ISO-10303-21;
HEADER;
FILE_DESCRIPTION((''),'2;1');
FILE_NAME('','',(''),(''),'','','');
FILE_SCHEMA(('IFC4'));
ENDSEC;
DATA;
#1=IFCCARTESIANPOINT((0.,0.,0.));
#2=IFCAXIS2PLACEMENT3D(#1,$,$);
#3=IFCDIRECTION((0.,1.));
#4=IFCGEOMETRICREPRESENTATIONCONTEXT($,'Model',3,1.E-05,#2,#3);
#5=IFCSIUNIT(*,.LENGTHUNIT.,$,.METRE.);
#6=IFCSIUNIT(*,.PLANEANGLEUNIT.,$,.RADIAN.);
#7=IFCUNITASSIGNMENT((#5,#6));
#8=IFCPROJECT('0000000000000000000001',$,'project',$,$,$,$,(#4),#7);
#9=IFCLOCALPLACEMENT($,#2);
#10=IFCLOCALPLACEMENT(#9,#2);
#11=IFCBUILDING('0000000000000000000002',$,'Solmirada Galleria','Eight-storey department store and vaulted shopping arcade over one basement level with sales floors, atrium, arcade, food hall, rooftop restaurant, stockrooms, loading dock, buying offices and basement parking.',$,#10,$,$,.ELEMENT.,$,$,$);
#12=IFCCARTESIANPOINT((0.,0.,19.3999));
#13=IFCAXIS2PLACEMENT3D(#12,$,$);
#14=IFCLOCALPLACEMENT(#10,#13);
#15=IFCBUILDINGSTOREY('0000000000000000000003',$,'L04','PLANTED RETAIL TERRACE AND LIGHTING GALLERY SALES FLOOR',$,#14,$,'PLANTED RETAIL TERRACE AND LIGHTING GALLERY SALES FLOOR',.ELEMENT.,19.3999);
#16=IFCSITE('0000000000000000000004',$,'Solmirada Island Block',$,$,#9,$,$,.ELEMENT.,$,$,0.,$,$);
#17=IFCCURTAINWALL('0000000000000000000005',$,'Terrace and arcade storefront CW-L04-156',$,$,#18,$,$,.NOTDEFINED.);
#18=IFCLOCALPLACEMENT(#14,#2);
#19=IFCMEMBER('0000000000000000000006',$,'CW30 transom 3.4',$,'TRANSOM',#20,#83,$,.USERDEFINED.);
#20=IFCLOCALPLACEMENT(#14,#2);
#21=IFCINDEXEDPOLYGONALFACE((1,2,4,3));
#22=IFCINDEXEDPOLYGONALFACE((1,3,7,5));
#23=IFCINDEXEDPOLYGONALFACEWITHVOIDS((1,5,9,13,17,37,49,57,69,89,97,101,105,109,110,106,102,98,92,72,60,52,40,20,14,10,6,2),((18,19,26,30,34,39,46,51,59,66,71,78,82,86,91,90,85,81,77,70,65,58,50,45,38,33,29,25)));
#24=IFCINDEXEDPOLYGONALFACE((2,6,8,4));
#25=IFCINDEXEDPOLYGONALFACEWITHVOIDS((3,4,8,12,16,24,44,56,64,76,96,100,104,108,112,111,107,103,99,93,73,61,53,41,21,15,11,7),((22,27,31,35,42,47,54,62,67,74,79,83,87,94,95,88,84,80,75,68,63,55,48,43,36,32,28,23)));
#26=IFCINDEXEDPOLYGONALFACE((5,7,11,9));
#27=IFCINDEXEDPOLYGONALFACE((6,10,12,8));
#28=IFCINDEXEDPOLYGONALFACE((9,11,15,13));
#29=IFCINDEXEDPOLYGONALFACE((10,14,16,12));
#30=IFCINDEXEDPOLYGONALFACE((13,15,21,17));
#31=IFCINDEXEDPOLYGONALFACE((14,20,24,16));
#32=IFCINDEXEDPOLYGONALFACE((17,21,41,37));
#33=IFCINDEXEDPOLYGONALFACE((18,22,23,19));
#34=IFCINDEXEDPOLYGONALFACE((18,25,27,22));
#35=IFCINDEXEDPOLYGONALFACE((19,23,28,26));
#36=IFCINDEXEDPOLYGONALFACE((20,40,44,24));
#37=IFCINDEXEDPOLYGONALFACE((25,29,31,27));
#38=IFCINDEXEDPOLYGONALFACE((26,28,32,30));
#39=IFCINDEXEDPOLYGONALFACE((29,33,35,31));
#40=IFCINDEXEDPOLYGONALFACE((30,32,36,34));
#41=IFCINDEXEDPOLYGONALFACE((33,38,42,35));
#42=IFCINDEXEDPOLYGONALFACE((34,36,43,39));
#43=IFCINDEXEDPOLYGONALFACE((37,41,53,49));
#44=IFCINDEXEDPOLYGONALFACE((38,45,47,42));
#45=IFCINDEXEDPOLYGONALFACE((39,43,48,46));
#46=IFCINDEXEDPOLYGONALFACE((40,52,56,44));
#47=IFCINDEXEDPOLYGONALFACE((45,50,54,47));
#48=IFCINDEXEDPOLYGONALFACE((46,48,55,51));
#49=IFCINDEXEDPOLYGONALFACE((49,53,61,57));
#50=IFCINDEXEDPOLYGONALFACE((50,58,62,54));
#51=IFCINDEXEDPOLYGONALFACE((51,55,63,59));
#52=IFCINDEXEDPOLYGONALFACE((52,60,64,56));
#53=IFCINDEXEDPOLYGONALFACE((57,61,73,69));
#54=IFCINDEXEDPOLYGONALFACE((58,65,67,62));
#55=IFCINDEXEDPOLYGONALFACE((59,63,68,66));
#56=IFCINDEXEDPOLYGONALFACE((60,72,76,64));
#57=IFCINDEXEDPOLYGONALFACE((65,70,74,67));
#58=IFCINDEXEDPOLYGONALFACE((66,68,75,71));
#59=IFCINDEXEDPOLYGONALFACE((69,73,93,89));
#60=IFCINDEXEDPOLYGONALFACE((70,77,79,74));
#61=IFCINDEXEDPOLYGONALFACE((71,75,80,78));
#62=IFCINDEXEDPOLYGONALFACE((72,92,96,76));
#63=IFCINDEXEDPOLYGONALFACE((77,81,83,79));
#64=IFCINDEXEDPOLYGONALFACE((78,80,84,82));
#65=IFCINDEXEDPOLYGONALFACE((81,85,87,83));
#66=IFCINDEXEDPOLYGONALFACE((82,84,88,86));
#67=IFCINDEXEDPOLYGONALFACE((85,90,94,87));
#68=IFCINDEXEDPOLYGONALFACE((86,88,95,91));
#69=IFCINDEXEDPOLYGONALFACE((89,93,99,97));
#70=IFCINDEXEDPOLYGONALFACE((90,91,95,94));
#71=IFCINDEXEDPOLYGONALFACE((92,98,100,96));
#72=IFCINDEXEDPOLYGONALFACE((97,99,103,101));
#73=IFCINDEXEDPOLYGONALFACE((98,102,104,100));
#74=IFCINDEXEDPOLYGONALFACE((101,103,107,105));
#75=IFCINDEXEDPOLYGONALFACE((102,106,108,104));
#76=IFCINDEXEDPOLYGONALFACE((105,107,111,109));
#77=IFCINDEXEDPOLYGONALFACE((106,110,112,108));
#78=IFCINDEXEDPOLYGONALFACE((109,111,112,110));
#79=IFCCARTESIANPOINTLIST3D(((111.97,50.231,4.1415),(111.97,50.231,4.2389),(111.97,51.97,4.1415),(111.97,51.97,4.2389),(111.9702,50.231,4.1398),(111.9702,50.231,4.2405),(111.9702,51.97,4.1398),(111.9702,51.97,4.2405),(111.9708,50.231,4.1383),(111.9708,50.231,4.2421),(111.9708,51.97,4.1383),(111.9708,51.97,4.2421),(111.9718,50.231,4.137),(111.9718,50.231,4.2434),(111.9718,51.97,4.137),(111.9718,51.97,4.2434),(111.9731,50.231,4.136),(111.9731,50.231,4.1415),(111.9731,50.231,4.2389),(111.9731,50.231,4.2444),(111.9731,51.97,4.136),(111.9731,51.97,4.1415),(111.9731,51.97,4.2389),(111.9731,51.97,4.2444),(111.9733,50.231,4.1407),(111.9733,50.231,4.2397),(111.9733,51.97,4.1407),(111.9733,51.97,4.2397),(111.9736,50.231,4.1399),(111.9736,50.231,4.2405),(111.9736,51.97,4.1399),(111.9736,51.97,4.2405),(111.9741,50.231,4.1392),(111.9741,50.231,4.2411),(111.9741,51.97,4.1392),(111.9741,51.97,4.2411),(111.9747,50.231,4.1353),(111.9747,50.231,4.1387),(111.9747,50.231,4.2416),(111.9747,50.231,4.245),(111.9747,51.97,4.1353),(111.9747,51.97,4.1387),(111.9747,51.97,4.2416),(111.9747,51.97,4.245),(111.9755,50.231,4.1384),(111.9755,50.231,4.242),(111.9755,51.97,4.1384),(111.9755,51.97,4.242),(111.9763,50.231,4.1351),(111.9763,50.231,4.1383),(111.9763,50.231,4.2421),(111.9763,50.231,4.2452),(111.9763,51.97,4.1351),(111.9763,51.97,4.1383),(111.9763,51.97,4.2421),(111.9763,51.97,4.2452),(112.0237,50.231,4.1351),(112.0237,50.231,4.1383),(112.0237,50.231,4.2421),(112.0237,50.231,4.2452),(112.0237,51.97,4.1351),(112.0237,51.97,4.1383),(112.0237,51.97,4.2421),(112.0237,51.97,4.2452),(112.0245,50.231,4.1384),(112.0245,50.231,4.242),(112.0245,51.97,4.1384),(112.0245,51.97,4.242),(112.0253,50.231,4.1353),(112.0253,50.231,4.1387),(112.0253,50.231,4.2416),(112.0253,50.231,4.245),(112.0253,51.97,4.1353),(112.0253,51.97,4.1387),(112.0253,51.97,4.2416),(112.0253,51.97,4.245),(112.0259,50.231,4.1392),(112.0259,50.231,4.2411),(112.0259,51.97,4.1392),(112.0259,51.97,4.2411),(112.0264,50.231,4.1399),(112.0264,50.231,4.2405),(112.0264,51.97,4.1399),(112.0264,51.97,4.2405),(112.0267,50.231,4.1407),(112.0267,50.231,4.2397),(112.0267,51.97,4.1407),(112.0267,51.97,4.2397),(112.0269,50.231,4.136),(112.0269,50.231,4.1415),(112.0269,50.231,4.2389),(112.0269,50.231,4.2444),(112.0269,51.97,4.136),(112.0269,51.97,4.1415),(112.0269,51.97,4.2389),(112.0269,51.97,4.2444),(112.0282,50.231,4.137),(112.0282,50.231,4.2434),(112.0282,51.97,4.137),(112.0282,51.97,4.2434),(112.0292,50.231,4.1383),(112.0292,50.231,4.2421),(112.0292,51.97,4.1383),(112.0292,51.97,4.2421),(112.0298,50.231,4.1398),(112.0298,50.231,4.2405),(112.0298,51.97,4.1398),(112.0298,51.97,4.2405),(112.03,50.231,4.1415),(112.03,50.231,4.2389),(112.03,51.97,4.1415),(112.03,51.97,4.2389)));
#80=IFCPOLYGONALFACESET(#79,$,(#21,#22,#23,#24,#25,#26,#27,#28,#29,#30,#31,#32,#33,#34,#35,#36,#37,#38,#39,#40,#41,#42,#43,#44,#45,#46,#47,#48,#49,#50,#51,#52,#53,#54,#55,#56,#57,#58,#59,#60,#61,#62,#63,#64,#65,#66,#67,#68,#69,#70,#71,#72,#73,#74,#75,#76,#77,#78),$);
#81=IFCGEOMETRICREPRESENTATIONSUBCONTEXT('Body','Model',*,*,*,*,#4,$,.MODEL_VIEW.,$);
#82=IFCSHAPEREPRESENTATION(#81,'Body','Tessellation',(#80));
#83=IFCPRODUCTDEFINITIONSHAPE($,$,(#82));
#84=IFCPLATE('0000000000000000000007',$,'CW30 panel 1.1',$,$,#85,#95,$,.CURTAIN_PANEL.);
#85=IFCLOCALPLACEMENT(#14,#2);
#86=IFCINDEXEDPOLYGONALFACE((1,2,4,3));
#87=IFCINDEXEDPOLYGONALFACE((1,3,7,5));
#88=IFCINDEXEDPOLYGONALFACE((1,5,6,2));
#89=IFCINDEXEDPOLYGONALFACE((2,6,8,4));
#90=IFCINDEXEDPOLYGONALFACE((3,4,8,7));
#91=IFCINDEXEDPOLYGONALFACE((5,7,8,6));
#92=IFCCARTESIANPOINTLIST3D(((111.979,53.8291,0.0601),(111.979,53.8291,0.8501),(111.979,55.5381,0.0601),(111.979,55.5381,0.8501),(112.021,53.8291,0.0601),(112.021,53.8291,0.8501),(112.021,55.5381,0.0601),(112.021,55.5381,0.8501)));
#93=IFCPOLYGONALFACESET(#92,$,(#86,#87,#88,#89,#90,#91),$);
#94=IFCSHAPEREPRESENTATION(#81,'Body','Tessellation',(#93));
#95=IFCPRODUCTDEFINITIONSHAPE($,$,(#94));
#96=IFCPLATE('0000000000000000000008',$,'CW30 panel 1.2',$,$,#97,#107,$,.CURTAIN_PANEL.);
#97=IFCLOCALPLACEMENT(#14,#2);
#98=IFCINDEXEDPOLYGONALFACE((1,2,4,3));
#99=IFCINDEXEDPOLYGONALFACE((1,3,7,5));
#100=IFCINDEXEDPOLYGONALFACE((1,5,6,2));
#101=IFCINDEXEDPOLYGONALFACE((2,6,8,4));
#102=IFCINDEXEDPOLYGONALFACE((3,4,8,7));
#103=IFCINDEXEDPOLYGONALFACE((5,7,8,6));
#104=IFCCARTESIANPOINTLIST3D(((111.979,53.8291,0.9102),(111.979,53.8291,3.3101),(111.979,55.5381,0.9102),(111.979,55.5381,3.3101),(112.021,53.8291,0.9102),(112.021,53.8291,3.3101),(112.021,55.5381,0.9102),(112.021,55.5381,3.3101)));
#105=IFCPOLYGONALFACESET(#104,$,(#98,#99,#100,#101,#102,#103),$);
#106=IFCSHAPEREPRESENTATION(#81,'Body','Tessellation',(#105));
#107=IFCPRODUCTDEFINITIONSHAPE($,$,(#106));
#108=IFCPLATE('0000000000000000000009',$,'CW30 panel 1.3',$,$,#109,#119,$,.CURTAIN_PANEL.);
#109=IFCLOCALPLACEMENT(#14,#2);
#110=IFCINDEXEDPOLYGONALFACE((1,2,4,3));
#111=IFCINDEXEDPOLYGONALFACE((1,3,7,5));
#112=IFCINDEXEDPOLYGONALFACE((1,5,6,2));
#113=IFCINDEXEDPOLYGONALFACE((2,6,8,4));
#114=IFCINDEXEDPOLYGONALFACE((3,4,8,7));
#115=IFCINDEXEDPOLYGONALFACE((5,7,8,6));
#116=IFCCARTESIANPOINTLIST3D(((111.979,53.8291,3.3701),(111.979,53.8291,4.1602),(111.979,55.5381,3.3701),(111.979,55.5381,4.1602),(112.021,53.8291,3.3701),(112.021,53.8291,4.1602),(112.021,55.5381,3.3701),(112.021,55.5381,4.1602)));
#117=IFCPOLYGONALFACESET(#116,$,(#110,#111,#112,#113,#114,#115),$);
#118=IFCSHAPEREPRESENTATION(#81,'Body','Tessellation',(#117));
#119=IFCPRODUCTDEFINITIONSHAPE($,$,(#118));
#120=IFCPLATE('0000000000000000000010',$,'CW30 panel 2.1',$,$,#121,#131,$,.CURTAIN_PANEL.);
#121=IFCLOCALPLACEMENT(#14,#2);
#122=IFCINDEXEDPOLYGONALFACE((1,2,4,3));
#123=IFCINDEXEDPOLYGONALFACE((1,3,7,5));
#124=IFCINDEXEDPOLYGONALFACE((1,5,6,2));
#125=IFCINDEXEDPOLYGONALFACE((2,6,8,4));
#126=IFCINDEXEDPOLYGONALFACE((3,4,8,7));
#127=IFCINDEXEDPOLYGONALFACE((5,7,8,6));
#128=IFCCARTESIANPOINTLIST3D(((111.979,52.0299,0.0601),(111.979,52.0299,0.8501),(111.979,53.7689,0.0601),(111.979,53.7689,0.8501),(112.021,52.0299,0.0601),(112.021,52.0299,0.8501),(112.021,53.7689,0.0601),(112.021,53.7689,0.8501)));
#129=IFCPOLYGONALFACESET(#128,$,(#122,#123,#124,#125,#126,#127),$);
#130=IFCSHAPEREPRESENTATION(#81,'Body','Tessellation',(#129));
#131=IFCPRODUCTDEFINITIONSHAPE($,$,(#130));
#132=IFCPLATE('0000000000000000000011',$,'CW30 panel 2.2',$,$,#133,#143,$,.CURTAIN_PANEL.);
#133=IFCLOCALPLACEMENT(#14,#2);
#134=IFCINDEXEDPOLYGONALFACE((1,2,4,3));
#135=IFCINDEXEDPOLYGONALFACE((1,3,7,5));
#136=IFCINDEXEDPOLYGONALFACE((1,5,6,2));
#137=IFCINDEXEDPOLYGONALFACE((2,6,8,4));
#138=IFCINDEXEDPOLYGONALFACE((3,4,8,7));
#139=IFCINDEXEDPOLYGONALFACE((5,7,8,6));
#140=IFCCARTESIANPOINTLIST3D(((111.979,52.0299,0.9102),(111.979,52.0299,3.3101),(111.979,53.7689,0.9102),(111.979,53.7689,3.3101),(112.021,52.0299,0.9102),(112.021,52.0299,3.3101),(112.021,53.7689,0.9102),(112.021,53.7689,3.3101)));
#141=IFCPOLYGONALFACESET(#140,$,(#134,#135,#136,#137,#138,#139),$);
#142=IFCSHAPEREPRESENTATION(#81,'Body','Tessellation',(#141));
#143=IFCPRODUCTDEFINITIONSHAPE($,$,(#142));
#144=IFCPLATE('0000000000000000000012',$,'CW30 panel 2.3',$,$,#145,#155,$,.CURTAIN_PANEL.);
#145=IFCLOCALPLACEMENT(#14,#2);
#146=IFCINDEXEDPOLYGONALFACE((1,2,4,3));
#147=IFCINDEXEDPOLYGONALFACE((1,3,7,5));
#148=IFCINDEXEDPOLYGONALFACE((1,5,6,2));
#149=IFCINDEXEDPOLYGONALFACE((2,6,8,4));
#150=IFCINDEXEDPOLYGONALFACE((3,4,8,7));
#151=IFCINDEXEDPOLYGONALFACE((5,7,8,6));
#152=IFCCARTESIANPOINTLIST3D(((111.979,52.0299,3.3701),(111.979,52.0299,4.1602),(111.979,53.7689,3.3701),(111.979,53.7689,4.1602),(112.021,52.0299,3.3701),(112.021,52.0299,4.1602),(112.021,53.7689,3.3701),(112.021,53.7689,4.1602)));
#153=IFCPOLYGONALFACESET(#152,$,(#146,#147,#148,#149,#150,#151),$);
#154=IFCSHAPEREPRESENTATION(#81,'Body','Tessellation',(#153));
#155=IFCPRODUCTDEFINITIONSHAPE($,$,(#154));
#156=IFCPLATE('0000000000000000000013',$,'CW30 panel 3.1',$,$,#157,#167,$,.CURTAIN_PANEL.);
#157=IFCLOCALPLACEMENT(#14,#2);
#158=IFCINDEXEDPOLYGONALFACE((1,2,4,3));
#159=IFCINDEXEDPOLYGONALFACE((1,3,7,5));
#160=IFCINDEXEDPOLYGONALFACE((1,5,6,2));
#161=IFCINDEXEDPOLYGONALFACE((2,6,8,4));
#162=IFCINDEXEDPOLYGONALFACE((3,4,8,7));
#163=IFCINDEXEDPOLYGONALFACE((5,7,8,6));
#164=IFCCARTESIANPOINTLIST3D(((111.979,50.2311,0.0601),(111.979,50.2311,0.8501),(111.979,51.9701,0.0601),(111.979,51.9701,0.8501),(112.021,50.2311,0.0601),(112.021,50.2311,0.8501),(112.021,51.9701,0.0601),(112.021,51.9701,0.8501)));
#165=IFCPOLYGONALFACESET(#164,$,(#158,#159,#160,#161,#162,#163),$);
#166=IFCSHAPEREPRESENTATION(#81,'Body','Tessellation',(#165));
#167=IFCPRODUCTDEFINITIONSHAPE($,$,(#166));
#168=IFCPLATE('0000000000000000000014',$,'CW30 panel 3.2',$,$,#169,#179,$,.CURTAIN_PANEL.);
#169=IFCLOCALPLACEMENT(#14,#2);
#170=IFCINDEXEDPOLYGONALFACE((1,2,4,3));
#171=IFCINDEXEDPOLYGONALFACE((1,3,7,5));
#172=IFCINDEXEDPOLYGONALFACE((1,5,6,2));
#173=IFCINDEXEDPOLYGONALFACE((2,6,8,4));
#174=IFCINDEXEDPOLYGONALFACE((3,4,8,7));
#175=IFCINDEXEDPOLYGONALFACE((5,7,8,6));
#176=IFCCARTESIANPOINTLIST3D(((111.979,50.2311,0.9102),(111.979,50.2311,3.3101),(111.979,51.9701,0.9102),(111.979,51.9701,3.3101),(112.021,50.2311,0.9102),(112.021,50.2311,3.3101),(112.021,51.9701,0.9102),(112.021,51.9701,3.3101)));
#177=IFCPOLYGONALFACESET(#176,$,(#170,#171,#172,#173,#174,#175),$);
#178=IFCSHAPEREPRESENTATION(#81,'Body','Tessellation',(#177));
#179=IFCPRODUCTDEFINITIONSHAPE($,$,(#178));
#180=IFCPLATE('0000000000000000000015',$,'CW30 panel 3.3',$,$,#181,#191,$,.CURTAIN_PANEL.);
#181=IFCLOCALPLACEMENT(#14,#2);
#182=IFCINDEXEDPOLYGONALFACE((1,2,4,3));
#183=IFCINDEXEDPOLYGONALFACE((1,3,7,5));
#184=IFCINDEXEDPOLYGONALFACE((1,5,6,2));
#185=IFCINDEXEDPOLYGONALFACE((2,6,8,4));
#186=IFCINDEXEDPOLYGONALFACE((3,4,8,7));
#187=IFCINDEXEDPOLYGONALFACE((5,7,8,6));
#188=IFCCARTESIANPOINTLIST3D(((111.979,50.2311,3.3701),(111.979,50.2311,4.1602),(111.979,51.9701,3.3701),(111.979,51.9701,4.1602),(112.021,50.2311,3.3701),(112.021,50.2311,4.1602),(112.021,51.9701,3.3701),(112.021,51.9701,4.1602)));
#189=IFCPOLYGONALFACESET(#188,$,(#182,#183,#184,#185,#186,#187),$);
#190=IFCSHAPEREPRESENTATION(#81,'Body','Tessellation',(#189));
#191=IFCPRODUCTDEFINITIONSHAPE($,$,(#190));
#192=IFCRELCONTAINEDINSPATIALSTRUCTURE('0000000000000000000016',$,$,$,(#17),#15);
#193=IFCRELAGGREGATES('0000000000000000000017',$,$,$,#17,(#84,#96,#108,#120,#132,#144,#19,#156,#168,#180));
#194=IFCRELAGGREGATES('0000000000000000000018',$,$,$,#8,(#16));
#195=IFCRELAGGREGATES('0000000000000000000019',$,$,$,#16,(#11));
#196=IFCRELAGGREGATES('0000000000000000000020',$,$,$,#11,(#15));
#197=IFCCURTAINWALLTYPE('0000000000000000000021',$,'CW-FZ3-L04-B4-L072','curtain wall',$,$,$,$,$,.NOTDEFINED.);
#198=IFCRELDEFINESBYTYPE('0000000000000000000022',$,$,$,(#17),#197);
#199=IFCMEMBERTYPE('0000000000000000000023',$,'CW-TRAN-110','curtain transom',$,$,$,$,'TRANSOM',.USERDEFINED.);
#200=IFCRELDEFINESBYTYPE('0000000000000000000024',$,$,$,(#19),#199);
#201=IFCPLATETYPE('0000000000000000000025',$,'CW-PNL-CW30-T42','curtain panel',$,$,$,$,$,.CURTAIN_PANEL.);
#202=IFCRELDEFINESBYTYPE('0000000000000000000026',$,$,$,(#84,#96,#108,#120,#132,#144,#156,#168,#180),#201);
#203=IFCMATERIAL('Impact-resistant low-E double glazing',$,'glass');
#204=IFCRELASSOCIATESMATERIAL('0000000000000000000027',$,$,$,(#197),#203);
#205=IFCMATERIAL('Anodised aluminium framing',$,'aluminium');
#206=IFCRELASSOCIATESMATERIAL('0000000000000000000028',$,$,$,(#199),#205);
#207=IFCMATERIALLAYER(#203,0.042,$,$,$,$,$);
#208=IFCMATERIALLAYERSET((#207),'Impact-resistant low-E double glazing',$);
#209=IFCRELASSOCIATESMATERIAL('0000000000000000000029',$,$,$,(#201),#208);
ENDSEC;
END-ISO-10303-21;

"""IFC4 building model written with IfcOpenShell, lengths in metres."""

from ifc_helpers import new_model, si_unit, direction, frame, origin, origin_2d, place, context, subcontext, project, spatial, rectangle, hollow_rectangle, extrude, material, layer, layer_set, material_profile, profile_set, type_object, element, aggregate, save


model = new_model("IFC4")

# Units and contexts
model_context = context("Model", 3, precision=1e-05, world=origin(), true_north=direction((0.0, 1.0)))
body_context = subcontext(model_context, "Body", "Model", "MODEL_VIEW")
ifc_project = project(units=[si_unit("LENGTHUNIT", "METRE"), si_unit("PLANEANGLEUNIT", "RADIAN")], contexts=[model_context])

# Site, building, storey
site_placement = place(None, origin())
site = spatial("IfcSite", under=ifc_project, at=site_placement, Name="Solmirada Island Block", CompositionType="ELEMENT", RefElevation=0.0)
building_placement = place(site_placement, origin())
building = spatial("IfcBuilding", under=site, at=building_placement, Name="Solmirada Galleria", Description="Eight-storey department store and vaulted shopping arcade over one basement level with sales floors, atrium, arcade, food hall, rooftop restaurant, stockrooms, loading dock, buying offices and basement parking.", CompositionType="ELEMENT")
storey_placement = place(building_placement, frame((0.0, 0.0, 19.3999)))
storey = spatial("IfcBuildingStorey", under=building, at=storey_placement, Name="L04", Description="PLANTED RETAIL TERRACE AND LIGHTING GALLERY SALES FLOOR", LongName="PLANTED RETAIL TERRACE AND LIGHTING GALLERY SALES FLOOR", CompositionType="ELEMENT", Elevation=19.3999)

# Curtain wall, member, plates
ifc_material_1 = material(Name="Impact-resistant low-E double glazing", Category="glass")
curtain_wall_type = type_object("IfcCurtainWallType", Name="CW-FZ3-L04-B4-L072", Description="curtain wall", PredefinedType="NOTDEFINED", material=ifc_material_1)
curtain_wall_placement = place(storey_placement, origin())
curtain_wall = element("IfcCurtainWall", 1, at=curtain_wall_placement, inside=storey, type_object=curtain_wall_type, Name="Terrace and arcade storefront CW-L04-156", PredefinedType="NOTDEFINED")
ifc_material_2 = material(Name="Anodised aluminium framing", Category="aluminium")
ifc_material_profile_1 = material_profile(ifc_material_2, hollow_rectangle(XDim=0.0601, YDim=0.1101, WallThickness=0.0032, InnerFilletRadius=0.0032, OuterFilletRadius=0.0063, at=origin_2d()), Name="ALU-TRAN-110X60")
ifc_profile_set_1 = profile_set([ifc_material_profile_1], Name="Anodised aluminium framing")
member_type_1 = type_object("IfcMemberType", Name="CW-TRAN-110", Description="curtain transom", ElementType="TRANSOM", PredefinedType="USERDEFINED", material=ifc_profile_set_1)
member_1_placement = place(storey_placement, frame((112.0, 51.97, 4.1902), z_axis=(0.0, -1.0, 0.0), x_axis=(1.0, 0.0, 0.0)))
member_1 = element("IfcMember", 2, at=member_1_placement, type_object=member_type_1, Name="CW30 transom 3.4", ObjectType="TRANSOM", PredefinedType="USERDEFINED", context=body_context, shape_type="SweptSolid", body=[
    extrude(hollow_rectangle(XDim=0.0601, YDim=0.1101, WallThickness=0.0032, InnerFilletRadius=0.0032, OuterFilletRadius=0.0063, at=origin_2d()), origin(), (0.0, 0.0, 1.0), 1.739),
])
ifc_layer = layer(ifc_material_1, 0.042)
ifc_layer_set = layer_set([ifc_layer], Name="Impact-resistant low-E double glazing")
plate_type = type_object("IfcPlateType", Name="CW-PNL-CW30-T42", Description="curtain panel", PredefinedType="CURTAIN_PANEL", material=ifc_layer_set)
plate_1_placement = place(storey_placement, frame((112.0, 54.6836, 0.0601), z_axis=(0.0, 0.0, 1.0), x_axis=(0.0, -1.0, 0.0)))
plate_1 = element("IfcPlate", 3, at=plate_1_placement, type_object=plate_type, Name="CW30 panel 1.1", PredefinedType="CURTAIN_PANEL", context=body_context, shape_type="SweptSolid", body=[
    extrude(rectangle(XDim=1.709, YDim=0.042, at=origin_2d()), origin(), (0.0, 0.0, 1.0), 0.79),
])
plate_2_placement = place(storey_placement, frame((112.0, 54.6836, 0.9102), z_axis=(0.0, 0.0, 1.0), x_axis=(0.0, -1.0, 0.0)))
plate_2 = element("IfcPlate", 4, at=plate_2_placement, type_object=plate_type, Name="CW30 panel 1.2", PredefinedType="CURTAIN_PANEL", context=body_context, shape_type="SweptSolid", body=[
    extrude(rectangle(XDim=1.709, YDim=0.042, at=origin_2d()), origin(), (0.0, 0.0, 1.0), 2.3999),
])
plate_3_placement = place(storey_placement, frame((112.0, 54.6836, 3.3701), z_axis=(0.0, 0.0, 1.0), x_axis=(0.0, -1.0, 0.0)))
plate_3 = element("IfcPlate", 5, at=plate_3_placement, type_object=plate_type, Name="CW30 panel 1.3", PredefinedType="CURTAIN_PANEL", context=body_context, shape_type="SweptSolid", body=[
    extrude(rectangle(XDim=1.709, YDim=0.042, at=origin_2d()), origin(), (0.0, 0.0, 1.0), 0.79),
])
plate_4_placement = place(storey_placement, frame((112.0, 52.8994, 0.0601), z_axis=(0.0, 0.0, 1.0), x_axis=(0.0, -1.0, 0.0)))
plate_4 = element("IfcPlate", 6, at=plate_4_placement, type_object=plate_type, Name="CW30 panel 2.1", PredefinedType="CURTAIN_PANEL", context=body_context, shape_type="SweptSolid", body=[
    extrude(rectangle(XDim=1.739, YDim=0.042, at=origin_2d()), origin(), (0.0, 0.0, 1.0), 0.79),
])
plate_5_placement = place(storey_placement, frame((112.0, 52.8994, 0.9102), z_axis=(0.0, 0.0, 1.0), x_axis=(0.0, -1.0, 0.0)))
plate_5 = element("IfcPlate", 7, at=plate_5_placement, type_object=plate_type, Name="CW30 panel 2.2", PredefinedType="CURTAIN_PANEL", context=body_context, shape_type="SweptSolid", body=[
    extrude(rectangle(XDim=1.739, YDim=0.042, at=origin_2d()), origin(), (0.0, 0.0, 1.0), 2.3999),
])
plate_6_placement = place(storey_placement, frame((112.0, 52.8994, 3.3701), z_axis=(0.0, 0.0, 1.0), x_axis=(0.0, -1.0, 0.0)))
plate_6 = element("IfcPlate", 8, at=plate_6_placement, type_object=plate_type, Name="CW30 panel 2.3", PredefinedType="CURTAIN_PANEL", context=body_context, shape_type="SweptSolid", body=[
    extrude(rectangle(XDim=1.739, YDim=0.042, at=origin_2d()), origin(), (0.0, 0.0, 1.0), 0.79),
])
plate_7_placement = place(storey_placement, frame((112.0, 51.1006, 0.0601), z_axis=(0.0, 0.0, 1.0), x_axis=(0.0, -1.0, 0.0)))
plate_7 = element("IfcPlate", 9, at=plate_7_placement, type_object=plate_type, Name="CW30 panel 3.1", PredefinedType="CURTAIN_PANEL", context=body_context, shape_type="SweptSolid", body=[
    extrude(rectangle(XDim=1.739, YDim=0.042, at=origin_2d()), origin(), (0.0, 0.0, 1.0), 0.79),
])
plate_8_placement = place(storey_placement, frame((112.0, 51.1006, 0.9102), z_axis=(0.0, 0.0, 1.0), x_axis=(0.0, -1.0, 0.0)))
plate_8 = element("IfcPlate", 10, at=plate_8_placement, type_object=plate_type, Name="CW30 panel 3.2", PredefinedType="CURTAIN_PANEL", context=body_context, shape_type="SweptSolid", body=[
    extrude(rectangle(XDim=1.739, YDim=0.042, at=origin_2d()), origin(), (0.0, 0.0, 1.0), 2.3999),
])
plate_9_placement = place(storey_placement, frame((112.0, 51.1006, 3.3701), z_axis=(0.0, 0.0, 1.0), x_axis=(0.0, -1.0, 0.0)))
plate_9 = element("IfcPlate", 11, at=plate_9_placement, type_object=plate_type, Name="CW30 panel 3.3", PredefinedType="CURTAIN_PANEL", context=body_context, shape_type="SweptSolid", body=[
    extrude(rectangle(XDim=1.739, YDim=0.042, at=origin_2d()), origin(), (0.0, 0.0, 1.0), 0.79),
])
aggregate(curtain_wall, [plate_1, plate_2, plate_3, plate_4, plate_5, plate_6, member_1, plate_7, plate_8, plate_9])

save(model, "model.ifc")
